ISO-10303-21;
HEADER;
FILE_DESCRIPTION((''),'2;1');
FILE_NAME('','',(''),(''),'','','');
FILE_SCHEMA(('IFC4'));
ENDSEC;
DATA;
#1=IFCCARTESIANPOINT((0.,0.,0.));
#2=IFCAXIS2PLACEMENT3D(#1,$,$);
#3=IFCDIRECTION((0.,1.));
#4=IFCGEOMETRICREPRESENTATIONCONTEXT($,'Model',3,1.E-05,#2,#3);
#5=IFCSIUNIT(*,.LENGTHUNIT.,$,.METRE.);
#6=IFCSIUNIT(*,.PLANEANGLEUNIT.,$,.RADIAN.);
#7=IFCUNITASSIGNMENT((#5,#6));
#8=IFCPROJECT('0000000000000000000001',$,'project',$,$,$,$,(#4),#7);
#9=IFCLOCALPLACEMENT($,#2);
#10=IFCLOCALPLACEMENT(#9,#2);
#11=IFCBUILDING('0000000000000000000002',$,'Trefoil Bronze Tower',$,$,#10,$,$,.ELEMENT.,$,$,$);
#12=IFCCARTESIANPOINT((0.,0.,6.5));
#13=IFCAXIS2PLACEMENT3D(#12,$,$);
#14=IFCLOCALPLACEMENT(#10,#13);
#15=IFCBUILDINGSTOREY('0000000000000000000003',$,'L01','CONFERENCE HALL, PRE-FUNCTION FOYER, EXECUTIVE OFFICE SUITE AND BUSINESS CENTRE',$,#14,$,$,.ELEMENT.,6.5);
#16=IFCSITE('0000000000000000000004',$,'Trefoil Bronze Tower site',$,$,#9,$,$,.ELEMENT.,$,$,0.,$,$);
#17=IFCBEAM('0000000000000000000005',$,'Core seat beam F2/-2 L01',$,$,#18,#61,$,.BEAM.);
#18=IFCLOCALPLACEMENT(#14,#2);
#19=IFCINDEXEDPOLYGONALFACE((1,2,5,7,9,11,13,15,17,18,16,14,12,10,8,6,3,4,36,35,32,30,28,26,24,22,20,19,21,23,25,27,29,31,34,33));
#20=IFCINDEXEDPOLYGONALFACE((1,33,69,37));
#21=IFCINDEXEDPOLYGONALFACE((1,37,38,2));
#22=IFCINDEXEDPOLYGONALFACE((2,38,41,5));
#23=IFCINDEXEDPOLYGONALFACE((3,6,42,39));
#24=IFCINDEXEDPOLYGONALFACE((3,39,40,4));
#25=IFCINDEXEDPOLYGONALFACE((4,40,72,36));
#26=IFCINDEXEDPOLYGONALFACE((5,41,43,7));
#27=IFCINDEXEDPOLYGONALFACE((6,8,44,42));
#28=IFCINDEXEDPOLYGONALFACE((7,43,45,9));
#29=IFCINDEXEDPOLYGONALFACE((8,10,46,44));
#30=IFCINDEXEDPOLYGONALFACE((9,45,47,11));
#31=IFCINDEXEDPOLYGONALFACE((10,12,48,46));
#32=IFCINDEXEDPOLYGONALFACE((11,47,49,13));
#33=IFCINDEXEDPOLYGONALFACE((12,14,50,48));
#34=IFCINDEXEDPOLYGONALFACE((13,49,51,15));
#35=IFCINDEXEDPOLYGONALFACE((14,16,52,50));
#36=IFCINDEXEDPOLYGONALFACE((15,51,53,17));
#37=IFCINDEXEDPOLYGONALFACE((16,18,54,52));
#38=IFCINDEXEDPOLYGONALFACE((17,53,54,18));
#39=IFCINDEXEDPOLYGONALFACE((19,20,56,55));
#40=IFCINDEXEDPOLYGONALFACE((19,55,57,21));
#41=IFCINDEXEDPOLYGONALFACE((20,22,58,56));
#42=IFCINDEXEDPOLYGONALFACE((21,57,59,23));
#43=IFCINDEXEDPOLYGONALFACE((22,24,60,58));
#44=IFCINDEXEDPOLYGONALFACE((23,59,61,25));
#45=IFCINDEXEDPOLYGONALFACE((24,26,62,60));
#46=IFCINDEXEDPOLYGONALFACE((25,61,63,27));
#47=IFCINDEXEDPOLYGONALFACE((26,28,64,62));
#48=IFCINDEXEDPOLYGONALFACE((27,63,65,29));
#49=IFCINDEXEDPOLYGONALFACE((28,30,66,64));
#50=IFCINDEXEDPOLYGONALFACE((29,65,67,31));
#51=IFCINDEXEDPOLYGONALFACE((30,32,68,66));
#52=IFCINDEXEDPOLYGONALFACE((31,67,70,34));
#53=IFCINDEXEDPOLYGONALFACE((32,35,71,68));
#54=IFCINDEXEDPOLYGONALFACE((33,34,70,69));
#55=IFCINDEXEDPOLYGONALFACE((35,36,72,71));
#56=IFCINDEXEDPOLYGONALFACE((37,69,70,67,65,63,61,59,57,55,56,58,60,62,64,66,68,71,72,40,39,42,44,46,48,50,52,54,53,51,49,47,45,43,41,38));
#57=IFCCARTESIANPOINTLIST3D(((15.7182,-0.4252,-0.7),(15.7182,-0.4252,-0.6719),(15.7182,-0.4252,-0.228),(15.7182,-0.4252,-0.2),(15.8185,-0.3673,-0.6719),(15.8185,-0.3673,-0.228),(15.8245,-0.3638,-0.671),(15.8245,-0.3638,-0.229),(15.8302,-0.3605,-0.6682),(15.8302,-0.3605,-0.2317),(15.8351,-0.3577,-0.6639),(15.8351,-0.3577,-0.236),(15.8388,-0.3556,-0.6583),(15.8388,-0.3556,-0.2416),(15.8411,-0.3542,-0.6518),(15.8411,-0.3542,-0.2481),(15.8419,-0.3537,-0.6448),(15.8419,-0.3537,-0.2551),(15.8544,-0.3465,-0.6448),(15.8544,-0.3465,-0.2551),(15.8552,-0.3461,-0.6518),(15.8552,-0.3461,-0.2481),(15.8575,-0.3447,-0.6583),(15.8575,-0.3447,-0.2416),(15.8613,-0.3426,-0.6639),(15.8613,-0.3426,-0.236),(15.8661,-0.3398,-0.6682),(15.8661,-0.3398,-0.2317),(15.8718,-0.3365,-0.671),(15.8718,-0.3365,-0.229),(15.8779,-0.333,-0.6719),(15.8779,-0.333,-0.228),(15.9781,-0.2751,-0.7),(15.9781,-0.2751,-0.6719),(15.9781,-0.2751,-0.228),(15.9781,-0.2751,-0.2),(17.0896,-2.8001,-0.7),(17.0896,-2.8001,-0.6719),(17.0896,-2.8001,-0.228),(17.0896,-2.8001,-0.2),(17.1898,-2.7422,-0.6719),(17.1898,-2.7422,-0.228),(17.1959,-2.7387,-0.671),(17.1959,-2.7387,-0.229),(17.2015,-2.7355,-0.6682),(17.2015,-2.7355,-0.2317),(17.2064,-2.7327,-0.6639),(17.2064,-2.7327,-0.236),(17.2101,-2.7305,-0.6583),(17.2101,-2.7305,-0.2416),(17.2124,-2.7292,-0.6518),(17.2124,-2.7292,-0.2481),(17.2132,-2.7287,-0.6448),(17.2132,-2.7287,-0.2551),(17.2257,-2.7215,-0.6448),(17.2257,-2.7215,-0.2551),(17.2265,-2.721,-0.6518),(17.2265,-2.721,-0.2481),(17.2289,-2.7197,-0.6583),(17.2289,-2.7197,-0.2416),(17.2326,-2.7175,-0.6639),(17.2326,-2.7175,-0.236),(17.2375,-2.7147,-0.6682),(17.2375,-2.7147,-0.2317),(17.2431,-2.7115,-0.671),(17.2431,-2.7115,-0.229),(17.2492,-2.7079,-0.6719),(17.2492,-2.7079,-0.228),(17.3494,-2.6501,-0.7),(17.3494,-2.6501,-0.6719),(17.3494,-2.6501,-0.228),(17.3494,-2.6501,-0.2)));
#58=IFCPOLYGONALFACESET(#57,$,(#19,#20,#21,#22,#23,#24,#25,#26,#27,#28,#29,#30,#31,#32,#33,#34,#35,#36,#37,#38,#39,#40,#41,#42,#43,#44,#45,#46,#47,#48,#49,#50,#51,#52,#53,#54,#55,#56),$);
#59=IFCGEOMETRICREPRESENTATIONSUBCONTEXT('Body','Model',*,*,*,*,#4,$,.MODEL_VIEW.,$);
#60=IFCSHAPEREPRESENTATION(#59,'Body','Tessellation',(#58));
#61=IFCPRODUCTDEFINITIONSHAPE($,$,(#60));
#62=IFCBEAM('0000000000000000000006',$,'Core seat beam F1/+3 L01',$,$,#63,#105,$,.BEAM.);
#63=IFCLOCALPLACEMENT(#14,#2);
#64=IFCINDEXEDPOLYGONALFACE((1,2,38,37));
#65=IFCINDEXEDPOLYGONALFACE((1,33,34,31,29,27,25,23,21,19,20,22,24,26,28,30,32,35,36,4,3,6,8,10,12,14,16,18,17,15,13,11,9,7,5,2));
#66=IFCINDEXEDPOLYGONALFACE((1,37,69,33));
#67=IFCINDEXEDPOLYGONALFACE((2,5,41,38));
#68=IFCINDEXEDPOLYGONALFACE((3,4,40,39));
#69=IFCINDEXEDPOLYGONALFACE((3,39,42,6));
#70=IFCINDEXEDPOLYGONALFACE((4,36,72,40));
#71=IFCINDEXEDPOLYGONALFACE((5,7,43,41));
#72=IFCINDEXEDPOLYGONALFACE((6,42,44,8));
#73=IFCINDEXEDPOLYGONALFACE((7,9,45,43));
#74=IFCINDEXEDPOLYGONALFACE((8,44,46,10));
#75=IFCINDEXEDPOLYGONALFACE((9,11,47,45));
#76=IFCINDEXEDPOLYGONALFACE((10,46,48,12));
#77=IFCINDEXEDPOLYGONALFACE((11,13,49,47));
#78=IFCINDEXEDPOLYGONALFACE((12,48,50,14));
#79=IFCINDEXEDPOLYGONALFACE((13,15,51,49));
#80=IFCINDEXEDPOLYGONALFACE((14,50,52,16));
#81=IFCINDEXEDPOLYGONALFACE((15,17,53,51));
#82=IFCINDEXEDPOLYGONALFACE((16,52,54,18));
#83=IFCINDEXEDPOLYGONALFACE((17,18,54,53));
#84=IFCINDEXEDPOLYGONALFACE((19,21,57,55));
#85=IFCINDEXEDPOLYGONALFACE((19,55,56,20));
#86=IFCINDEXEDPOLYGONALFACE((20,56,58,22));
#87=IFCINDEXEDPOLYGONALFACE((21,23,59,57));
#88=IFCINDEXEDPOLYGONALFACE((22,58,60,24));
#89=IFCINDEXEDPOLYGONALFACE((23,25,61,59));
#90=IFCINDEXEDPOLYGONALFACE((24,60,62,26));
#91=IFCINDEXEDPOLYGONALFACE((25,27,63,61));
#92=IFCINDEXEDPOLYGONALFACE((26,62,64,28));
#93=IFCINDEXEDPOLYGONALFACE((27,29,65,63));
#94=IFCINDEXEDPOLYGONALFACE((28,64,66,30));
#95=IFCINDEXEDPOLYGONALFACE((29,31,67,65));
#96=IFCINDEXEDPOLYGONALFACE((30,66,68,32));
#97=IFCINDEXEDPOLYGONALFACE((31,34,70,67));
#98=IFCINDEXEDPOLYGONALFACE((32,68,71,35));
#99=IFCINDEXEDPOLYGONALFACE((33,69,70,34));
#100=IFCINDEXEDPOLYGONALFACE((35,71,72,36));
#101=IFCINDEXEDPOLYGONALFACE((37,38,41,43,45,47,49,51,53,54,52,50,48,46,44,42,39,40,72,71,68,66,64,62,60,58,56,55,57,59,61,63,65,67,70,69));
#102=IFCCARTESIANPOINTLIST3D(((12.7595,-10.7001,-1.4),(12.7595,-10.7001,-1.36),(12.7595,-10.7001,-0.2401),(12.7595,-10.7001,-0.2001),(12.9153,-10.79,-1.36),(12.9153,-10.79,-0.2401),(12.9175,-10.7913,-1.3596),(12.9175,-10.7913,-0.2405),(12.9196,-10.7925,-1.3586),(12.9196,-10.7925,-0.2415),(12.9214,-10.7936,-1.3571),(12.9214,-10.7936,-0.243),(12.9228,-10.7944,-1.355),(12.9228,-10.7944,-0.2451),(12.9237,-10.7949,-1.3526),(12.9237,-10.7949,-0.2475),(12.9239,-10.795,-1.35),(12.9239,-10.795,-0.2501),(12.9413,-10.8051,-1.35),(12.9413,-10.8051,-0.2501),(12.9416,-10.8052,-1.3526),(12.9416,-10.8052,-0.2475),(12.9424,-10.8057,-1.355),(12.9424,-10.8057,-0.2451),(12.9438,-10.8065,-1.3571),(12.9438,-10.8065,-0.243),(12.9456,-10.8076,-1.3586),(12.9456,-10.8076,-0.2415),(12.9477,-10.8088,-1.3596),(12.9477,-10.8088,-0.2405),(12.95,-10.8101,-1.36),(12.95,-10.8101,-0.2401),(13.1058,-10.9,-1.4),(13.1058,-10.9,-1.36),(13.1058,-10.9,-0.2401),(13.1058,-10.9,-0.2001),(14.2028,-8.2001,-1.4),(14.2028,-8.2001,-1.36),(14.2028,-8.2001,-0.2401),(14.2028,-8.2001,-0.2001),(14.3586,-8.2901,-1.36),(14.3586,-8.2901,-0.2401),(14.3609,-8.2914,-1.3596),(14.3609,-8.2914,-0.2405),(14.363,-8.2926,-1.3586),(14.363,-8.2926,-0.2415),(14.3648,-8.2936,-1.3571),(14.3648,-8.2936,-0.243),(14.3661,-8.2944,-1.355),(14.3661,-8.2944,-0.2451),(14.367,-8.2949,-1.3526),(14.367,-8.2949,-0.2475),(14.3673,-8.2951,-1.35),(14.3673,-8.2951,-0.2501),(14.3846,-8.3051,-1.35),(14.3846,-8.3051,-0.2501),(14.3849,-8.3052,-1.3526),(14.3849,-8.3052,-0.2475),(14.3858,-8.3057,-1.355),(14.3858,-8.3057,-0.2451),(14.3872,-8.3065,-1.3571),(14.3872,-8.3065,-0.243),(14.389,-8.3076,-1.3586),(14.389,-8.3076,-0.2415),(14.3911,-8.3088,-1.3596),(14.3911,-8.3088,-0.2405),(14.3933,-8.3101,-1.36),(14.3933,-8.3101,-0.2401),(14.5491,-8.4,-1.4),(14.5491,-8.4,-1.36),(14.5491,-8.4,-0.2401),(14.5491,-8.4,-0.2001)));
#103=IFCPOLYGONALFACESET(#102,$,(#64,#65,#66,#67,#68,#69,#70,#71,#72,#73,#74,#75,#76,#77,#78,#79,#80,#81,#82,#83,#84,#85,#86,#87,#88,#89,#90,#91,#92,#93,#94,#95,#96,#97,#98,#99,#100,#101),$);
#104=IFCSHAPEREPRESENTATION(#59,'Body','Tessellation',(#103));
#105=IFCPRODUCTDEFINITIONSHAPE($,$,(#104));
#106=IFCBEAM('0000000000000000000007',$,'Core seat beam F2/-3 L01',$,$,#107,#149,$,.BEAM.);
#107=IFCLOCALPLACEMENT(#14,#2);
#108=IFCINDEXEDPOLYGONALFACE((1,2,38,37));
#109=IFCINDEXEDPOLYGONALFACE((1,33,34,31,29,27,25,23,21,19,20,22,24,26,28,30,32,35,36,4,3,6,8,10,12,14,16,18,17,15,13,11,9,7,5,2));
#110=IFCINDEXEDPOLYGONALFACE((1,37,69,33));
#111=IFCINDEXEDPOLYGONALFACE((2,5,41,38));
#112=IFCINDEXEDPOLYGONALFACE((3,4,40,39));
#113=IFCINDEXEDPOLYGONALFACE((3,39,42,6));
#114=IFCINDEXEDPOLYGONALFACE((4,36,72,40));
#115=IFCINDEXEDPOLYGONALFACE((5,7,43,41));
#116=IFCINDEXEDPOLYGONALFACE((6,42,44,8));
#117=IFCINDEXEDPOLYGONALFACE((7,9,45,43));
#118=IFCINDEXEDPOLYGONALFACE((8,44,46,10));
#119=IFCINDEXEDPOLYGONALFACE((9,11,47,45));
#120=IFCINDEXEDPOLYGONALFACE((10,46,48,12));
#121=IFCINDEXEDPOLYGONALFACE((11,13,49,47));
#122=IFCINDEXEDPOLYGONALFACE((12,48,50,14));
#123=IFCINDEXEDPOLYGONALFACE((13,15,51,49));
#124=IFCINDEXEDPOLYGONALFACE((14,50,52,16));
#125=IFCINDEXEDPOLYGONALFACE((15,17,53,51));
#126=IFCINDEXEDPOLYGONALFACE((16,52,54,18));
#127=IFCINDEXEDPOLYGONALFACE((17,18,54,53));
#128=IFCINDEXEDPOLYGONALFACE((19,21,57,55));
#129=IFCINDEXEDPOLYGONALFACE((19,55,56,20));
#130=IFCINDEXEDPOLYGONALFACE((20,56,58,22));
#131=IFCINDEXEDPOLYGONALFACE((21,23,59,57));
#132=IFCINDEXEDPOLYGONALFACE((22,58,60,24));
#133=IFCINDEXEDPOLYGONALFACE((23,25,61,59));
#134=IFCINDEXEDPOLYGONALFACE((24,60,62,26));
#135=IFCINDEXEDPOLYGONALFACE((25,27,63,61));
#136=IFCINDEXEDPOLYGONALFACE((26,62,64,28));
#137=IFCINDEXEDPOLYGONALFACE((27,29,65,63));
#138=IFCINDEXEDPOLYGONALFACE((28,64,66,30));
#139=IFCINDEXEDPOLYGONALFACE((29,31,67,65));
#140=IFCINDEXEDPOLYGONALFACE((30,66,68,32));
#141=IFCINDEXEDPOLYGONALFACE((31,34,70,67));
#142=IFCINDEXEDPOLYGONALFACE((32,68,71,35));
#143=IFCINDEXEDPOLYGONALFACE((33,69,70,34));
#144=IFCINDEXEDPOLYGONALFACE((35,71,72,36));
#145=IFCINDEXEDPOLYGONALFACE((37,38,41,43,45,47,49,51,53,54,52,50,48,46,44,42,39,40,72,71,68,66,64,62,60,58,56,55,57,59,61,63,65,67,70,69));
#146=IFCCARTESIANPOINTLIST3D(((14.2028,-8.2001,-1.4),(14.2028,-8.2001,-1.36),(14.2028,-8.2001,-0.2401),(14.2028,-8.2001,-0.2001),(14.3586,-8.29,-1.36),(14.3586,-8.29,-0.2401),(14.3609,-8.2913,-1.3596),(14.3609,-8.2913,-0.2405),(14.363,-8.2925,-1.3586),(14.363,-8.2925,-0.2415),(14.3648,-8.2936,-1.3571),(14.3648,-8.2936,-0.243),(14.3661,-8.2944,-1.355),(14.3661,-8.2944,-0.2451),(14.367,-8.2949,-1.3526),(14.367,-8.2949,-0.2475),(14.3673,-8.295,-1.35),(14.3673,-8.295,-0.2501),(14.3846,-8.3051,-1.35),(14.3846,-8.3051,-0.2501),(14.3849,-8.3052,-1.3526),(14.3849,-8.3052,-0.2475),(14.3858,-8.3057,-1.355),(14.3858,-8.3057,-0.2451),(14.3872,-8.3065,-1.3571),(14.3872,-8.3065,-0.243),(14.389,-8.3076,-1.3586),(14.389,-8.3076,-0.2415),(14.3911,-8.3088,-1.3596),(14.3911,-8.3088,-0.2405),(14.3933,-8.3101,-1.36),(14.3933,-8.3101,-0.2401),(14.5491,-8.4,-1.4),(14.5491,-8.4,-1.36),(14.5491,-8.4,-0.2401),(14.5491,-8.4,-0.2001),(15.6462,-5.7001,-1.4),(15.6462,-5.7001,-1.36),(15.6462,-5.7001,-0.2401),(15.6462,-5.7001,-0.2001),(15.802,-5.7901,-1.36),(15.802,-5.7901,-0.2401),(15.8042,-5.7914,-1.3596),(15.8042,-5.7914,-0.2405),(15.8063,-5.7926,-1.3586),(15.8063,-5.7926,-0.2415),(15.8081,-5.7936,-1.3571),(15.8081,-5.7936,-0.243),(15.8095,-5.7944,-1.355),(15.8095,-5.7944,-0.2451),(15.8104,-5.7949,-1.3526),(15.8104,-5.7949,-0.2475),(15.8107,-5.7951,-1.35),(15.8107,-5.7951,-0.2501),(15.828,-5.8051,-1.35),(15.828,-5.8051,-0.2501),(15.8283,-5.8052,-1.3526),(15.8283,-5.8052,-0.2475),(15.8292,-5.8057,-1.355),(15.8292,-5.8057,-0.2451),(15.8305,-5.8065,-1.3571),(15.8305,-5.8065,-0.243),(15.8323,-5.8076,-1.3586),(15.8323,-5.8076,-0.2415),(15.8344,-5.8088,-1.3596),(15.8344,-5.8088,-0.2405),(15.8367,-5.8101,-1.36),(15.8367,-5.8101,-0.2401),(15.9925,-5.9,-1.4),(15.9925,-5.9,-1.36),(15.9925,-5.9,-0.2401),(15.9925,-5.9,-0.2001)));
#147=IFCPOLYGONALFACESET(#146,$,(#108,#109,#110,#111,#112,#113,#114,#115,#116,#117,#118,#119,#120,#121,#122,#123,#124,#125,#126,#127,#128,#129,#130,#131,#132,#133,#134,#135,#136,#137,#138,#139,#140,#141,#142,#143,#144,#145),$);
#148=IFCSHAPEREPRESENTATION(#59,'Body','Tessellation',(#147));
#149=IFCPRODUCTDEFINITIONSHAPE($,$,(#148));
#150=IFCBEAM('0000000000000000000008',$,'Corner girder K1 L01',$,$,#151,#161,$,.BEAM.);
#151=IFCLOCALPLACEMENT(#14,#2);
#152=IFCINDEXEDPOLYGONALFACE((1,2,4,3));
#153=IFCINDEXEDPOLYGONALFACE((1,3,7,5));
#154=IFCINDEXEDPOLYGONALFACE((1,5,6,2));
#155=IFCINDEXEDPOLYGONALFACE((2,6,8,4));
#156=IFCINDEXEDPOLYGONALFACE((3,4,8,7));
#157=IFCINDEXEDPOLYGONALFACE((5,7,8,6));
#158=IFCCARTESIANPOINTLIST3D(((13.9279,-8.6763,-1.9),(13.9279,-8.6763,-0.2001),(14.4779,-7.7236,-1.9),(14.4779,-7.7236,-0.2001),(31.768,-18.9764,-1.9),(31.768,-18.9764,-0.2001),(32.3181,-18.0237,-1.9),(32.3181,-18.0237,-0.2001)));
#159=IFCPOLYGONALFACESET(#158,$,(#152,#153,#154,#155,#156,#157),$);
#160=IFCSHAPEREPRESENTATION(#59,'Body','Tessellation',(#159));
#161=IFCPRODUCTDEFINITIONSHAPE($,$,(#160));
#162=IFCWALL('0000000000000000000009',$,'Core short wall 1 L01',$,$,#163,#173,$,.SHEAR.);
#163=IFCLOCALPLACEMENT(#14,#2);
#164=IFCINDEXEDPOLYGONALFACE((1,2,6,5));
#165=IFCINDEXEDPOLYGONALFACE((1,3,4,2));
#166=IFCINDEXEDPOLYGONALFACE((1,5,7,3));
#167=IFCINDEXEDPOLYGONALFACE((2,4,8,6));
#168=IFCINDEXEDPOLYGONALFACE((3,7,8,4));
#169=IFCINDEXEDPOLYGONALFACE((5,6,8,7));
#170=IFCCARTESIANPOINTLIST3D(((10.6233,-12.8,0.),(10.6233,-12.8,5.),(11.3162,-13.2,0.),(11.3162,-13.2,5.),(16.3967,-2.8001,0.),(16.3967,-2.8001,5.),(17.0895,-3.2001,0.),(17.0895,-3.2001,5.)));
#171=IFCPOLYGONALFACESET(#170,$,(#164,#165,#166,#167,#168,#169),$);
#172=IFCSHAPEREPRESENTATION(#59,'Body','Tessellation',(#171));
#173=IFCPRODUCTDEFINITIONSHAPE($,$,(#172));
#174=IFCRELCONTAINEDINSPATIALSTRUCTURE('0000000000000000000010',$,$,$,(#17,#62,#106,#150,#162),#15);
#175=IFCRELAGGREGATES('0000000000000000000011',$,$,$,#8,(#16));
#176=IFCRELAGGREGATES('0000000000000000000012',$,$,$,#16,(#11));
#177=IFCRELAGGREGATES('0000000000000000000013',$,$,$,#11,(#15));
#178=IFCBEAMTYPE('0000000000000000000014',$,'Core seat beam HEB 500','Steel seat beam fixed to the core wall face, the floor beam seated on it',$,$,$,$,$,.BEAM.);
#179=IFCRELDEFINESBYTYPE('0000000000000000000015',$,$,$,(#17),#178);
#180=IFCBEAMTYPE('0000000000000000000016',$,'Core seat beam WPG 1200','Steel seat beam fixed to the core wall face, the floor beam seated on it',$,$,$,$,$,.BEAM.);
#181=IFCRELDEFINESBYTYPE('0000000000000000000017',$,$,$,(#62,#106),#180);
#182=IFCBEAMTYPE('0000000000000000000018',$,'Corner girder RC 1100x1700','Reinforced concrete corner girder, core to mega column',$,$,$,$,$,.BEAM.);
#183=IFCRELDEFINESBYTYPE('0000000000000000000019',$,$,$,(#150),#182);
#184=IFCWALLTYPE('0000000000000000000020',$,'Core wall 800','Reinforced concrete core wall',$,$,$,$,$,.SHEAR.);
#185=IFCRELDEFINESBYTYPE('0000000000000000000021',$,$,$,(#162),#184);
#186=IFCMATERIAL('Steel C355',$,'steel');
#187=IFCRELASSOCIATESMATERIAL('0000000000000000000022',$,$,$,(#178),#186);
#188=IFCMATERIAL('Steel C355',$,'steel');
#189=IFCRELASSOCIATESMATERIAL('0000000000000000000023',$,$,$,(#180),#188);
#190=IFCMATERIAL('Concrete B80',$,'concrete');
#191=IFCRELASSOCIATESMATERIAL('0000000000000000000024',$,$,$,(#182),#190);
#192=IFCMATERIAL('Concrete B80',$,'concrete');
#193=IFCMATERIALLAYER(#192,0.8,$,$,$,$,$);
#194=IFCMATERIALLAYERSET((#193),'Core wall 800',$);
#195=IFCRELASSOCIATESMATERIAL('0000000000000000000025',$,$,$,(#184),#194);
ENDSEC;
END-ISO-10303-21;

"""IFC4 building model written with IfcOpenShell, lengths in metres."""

from ifc_helpers import new_model, si_unit, direction, frame, frame_2d, origin, origin_2d, place, context, subcontext, project, spatial, rectangle, i_section, extrude, material, layer, layer_set, material_profile, profile_set, type_object, element, save


model = new_model("IFC4")

# Units and contexts
model_context = context("Model", 3, precision=1e-05, world=origin(), true_north=direction((0.0, 1.0)))
body_context = subcontext(model_context, "Body", "Model", "MODEL_VIEW")
ifc_project = project(units=[si_unit("LENGTHUNIT", "METRE"), si_unit("PLANEANGLEUNIT", "RADIAN")], contexts=[model_context])

# Site, building, storey
site_placement = place(None, origin())
site = spatial("IfcSite", under=ifc_project, at=site_placement, Name="Trefoil Bronze Tower site", CompositionType="ELEMENT", RefElevation=0.0)
building_placement = place(site_placement, origin())
building = spatial("IfcBuilding", under=site, at=building_placement, Name="Trefoil Bronze Tower", CompositionType="ELEMENT")
storey_placement = place(building_placement, frame((0.0, 0.0, 6.5)))
storey = spatial("IfcBuildingStorey", under=building, at=storey_placement, Name="L01", Description="CONFERENCE HALL, PRE-FUNCTION FOYER, EXECUTIVE OFFICE SUITE AND BUSINESS CENTRE", CompositionType="ELEMENT", Elevation=6.5)

# Beams
ifc_material_1 = material(Name="Steel C355", Category="steel")
ifc_material_profile_1 = material_profile(ifc_material_1, i_section(OverallWidth=0.3, OverallDepth=0.5, WebThickness=0.0144, FlangeThickness=0.0281, FilletRadius=0.0271, at=origin_2d()), Name="HEB 500")
ifc_profile_set_1 = profile_set([ifc_material_profile_1], Name="Steel C355")
beam_type_1 = type_object("IfcBeamType", Name="Core seat beam HEB 500", Description="Steel seat beam fixed to the core wall face, the floor beam seated on it", PredefinedType="BEAM", material=ifc_profile_set_1)
beam_1_placement = place(storey_placement, frame((17.2195, -2.7251, -0.45), z_axis=(-0.500036, 0.866005, 0.0), x_axis=(-0.866005, -0.500036, 0.0)))
element("IfcBeam", 1, at=beam_1_placement, inside=storey, type_object=beam_type_1, Name="Core seat beam F2/-2 L01", PredefinedType="BEAM", context=body_context, shape_type="SweptSolid", body=[
    extrude(i_section(OverallWidth=0.3, OverallDepth=0.5, WebThickness=0.0144, FlangeThickness=0.0281, FilletRadius=0.0271, at=origin_2d()), origin(), (0.0, 0.0, 1.0), 2.7424),
])
ifc_material_2 = material(Name="Steel C355", Category="steel")
ifc_material_profile_2 = material_profile(ifc_material_2, i_section(OverallWidth=0.3999, OverallDepth=1.2, WebThickness=0.02, FlangeThickness=0.04, FilletRadius=0.01, at=origin_2d()), Name="WPG 1200")
ifc_profile_set_2 = profile_set([ifc_material_profile_2], Name="Steel C355")
beam_type_2 = type_object("IfcBeamType", Name="Core seat beam WPG 1200", Description="Steel seat beam fixed to the core wall face, the floor beam seated on it", PredefinedType="BEAM", material=ifc_profile_set_2)
for number, where, z_axis, x_axis, name in (
    (2, (12.9326, -10.8, -0.8), (0.499996, 0.866028, 0.0), (-0.866028, 0.499996, 0.0), "Core seat beam F1/+3 L01"),
    (3, (14.376, -8.3, -0.8), (0.499996, 0.866028, 0.0), (-0.866028, 0.499996, 0.0), "Core seat beam F2/-3 L01"),
):
    element("IfcBeam", number, at=place(storey_placement, frame(where, z_axis=z_axis, x_axis=x_axis)), inside=storey, type_object=beam_type_2, Name=name, PredefinedType="BEAM", context=body_context, shape_type="SweptSolid", body=[
        extrude(i_section(OverallWidth=0.3999, OverallDepth=1.2, WebThickness=0.02, FlangeThickness=0.04, FilletRadius=0.01, at=origin_2d()), origin(), (0.0, 0.0, 1.0), 2.8867),
    ])
ifc_material_3 = material(Name="Concrete B80", Category="concrete")
ifc_material_profile_3 = material_profile(ifc_material_3, rectangle(XDim=1.1001, YDim=1.7, at=origin_2d()), Name="RC 1100x1700")
ifc_profile_set_3 = profile_set([ifc_material_profile_3], Name="Concrete B80")
beam_type_3 = type_object("IfcBeamType", Name="Corner girder RC 1100x1700", Description="Reinforced concrete corner girder, core to mega column", PredefinedType="BEAM", material=ifc_profile_set_3)
beam_2_placement = place(storey_placement, frame((14.2029, -8.2, -1.05), z_axis=(0.866024, -0.500003, 0.0), x_axis=(0.500003, 0.866024, 0.0)))
element("IfcBeam", 4, at=beam_2_placement, inside=storey, type_object=beam_type_3, Name="Corner girder K1 L01", PredefinedType="BEAM", context=body_context, shape_type="SweptSolid", body=[
    extrude(rectangle(XDim=1.1001, YDim=1.7, at=origin_2d()), origin(), (0.0, 0.0, 1.0), 20.6001),
])

# Wall
ifc_material_4 = material(Name="Concrete B80", Category="concrete")
ifc_layer_1 = layer(ifc_material_4, 0.8)
ifc_layer_set_1 = layer_set([ifc_layer_1], Name="Core wall 800")
wall_type_1 = type_object("IfcWallType", Name="Core wall 800", Description="Reinforced concrete core wall", PredefinedType="SHEAR", material=ifc_layer_set_1)
wall_1_placement = place(storey_placement, frame((10.9697, -13.0, 0.0), z_axis=(0.0, 0.0, 1.0), x_axis=(0.499996, 0.866028, 0.0)))
element("IfcWall", 5, at=wall_1_placement, inside=storey, type_object=wall_type_1, Name="Core short wall 1 L01", PredefinedType="SHEAR", context=body_context, shape_type="SweptSolid", body=[
    extrude(rectangle(XDim=11.5469, YDim=0.8, at=frame_2d((5.7734, 0.0))), origin(), (0.0, 0.0, 1.0), 5.0),
])

save(model, "model.ifc")
